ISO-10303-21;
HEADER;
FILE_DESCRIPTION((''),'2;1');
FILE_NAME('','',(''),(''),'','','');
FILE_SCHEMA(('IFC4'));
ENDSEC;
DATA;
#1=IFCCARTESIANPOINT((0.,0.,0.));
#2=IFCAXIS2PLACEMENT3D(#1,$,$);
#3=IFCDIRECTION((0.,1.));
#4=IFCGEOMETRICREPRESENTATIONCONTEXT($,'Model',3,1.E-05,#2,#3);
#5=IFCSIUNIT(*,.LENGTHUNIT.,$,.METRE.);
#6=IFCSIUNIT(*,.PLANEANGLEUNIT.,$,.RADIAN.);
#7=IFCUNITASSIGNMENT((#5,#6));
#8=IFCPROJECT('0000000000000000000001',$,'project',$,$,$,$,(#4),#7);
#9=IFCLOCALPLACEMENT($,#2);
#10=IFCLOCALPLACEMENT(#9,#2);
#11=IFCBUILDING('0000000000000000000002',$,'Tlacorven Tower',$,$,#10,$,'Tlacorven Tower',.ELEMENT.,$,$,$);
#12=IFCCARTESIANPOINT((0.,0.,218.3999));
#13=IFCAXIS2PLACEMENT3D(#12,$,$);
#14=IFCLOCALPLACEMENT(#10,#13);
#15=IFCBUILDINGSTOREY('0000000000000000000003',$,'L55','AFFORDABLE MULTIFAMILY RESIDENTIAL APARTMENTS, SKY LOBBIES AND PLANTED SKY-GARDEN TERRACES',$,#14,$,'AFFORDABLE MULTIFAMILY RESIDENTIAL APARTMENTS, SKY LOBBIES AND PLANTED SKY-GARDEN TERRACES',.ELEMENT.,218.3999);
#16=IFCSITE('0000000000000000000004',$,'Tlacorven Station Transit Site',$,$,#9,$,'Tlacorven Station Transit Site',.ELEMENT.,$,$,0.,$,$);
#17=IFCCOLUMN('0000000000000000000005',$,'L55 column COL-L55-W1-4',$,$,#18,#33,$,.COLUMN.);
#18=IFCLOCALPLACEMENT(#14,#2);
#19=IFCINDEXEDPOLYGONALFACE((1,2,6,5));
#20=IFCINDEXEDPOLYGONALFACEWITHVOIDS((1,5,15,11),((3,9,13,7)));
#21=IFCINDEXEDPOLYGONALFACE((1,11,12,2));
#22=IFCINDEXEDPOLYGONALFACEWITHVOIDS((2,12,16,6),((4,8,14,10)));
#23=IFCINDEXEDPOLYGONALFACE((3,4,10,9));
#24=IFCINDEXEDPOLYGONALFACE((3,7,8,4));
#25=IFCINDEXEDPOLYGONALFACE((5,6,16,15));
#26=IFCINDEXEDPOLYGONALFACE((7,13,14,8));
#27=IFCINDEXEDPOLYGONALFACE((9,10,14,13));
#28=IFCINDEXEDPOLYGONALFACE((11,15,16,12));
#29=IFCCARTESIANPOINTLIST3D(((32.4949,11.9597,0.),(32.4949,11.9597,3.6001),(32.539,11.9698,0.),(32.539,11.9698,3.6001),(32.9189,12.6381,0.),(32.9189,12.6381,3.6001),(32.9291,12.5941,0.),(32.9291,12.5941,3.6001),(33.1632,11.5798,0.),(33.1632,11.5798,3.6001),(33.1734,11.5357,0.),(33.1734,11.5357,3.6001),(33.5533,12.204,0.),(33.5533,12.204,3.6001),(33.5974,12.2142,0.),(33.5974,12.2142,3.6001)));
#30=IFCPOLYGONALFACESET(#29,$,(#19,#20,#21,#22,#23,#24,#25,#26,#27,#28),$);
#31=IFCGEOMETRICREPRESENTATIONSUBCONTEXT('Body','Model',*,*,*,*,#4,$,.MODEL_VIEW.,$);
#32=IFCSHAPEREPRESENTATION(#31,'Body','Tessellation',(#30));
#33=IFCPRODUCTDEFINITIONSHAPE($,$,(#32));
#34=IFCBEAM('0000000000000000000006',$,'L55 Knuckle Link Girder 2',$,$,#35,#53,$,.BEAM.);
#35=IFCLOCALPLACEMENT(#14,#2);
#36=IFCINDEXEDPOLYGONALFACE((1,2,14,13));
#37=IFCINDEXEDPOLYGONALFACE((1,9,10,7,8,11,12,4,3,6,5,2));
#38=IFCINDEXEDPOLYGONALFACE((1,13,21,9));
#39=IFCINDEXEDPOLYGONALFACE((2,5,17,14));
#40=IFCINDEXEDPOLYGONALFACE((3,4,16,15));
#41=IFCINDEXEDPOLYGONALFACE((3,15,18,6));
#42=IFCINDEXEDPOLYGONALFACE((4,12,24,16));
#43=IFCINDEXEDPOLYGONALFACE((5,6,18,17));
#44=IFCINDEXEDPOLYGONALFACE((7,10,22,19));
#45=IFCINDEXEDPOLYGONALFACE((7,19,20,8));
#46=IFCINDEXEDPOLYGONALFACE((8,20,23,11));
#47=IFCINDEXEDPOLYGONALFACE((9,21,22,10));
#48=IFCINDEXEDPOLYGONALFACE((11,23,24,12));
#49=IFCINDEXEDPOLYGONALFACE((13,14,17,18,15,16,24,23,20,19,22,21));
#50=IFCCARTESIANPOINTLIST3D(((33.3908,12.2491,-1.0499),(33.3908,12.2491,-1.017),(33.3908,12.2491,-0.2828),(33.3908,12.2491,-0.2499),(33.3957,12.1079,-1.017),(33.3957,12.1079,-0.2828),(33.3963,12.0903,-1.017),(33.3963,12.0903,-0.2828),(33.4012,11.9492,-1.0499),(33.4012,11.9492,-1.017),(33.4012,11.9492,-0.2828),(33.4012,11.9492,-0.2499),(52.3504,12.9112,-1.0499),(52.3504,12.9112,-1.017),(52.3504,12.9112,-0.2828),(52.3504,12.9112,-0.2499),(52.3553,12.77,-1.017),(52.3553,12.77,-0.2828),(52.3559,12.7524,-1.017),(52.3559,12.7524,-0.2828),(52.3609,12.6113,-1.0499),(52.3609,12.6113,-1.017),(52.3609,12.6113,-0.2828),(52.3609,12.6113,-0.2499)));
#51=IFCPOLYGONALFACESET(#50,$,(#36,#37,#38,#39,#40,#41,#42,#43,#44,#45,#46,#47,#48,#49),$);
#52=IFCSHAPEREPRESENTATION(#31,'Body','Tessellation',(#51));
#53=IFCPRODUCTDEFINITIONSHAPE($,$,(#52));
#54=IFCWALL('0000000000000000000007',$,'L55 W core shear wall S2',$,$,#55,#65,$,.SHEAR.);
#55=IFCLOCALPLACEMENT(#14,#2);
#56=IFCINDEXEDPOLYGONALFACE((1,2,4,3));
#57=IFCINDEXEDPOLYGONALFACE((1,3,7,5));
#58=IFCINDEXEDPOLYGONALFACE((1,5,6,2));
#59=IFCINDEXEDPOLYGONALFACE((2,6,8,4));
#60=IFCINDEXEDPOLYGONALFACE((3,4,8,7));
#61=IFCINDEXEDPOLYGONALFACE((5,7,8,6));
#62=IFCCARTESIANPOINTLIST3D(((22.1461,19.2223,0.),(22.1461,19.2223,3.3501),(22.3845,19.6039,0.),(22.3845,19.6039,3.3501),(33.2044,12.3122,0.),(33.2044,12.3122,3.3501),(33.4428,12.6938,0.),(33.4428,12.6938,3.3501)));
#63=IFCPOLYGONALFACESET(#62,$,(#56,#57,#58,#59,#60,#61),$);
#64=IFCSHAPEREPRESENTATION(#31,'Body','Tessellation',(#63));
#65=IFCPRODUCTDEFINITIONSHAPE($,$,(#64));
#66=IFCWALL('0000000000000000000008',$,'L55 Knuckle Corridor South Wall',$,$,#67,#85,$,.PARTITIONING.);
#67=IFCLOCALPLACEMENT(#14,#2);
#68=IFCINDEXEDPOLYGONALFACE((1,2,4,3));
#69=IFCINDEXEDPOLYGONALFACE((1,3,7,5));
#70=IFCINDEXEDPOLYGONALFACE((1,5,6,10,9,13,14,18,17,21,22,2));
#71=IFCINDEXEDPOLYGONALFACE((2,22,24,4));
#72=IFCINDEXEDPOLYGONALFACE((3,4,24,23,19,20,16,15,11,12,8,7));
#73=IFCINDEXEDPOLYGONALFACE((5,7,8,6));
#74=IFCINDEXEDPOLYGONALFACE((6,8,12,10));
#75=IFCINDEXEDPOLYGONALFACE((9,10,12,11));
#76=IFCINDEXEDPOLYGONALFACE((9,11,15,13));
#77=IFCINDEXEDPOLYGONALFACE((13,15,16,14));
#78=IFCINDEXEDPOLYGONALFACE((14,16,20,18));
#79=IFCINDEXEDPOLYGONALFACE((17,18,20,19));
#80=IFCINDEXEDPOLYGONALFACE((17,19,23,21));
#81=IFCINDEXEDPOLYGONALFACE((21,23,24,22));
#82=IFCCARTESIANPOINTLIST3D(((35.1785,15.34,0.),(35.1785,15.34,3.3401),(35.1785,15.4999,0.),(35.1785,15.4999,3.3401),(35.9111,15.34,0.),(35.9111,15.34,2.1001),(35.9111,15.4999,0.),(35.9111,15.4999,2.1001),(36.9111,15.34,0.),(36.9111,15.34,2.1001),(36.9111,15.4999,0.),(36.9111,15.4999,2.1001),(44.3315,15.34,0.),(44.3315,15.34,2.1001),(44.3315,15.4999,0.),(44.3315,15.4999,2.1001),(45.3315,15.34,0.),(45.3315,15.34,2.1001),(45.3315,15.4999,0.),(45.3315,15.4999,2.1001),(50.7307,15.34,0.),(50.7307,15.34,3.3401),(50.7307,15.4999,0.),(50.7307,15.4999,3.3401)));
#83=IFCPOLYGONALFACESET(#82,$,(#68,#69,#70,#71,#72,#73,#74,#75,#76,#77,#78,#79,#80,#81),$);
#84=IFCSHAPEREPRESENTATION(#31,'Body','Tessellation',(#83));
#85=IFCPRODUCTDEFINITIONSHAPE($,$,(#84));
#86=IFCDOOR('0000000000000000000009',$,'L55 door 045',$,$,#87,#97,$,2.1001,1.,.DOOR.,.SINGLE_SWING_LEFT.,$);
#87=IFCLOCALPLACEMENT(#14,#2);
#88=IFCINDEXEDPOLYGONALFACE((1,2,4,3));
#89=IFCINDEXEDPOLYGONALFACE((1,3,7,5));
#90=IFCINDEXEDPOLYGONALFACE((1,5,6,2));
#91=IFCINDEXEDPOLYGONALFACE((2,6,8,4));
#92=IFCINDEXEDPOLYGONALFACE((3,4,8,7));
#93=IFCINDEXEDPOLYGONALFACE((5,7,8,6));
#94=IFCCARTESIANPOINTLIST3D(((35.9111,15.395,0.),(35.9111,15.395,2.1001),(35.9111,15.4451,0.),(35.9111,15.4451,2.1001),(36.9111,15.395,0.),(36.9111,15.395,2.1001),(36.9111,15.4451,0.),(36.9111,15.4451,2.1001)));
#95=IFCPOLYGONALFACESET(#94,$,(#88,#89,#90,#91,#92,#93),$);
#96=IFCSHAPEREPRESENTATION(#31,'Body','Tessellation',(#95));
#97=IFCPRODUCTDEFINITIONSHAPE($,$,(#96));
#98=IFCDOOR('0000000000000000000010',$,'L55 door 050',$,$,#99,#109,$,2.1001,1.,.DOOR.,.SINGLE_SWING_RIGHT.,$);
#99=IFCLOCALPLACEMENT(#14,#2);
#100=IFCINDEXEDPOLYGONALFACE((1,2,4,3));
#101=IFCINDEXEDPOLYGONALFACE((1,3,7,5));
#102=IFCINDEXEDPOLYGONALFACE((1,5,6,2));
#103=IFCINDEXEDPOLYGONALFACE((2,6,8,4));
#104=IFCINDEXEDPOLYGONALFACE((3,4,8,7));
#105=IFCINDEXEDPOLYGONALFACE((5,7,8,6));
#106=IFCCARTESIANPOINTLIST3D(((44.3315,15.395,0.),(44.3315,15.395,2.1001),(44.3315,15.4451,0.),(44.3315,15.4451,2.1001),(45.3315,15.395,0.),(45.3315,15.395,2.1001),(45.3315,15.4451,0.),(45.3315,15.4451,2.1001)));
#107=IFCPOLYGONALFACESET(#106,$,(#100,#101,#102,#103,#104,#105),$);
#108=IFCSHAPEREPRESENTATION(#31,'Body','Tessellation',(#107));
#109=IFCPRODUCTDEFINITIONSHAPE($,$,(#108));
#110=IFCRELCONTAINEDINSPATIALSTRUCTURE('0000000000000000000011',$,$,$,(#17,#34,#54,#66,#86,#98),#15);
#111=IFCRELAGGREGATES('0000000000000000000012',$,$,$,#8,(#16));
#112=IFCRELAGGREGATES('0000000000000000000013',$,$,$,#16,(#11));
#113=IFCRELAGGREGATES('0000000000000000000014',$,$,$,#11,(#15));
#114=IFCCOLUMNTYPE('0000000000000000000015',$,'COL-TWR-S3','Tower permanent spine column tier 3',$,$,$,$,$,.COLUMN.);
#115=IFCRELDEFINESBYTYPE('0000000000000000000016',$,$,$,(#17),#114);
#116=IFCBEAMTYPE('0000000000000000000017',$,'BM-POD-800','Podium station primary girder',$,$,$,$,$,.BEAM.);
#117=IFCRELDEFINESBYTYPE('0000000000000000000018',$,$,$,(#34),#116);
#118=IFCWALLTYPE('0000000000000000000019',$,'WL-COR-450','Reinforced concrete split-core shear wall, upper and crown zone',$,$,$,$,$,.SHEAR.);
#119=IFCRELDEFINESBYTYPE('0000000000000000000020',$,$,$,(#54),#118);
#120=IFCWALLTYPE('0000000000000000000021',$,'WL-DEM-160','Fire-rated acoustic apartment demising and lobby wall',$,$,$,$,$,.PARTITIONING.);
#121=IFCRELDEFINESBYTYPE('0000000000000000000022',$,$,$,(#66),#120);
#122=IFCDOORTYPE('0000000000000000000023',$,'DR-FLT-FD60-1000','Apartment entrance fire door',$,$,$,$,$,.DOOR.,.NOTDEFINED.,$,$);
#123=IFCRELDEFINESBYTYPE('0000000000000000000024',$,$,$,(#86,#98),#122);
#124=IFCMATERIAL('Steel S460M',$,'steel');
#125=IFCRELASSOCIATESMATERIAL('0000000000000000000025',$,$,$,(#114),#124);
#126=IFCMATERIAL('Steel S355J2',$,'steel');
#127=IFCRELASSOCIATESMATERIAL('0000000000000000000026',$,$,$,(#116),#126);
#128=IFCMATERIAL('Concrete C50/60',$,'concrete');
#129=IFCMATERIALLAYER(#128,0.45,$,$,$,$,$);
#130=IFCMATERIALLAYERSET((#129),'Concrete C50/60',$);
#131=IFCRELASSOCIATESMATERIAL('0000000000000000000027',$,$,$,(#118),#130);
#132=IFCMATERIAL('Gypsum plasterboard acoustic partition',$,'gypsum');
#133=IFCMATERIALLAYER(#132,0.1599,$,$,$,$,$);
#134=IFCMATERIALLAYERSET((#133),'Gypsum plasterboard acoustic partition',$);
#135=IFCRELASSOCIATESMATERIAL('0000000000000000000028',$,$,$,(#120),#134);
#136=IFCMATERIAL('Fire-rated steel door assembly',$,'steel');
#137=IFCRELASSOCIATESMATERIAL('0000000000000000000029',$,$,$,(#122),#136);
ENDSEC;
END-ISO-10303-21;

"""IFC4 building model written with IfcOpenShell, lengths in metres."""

from ifc_helpers import new_model, si_unit, direction, frame, frame_2d, origin, origin_2d, place, context, subcontext, project, spatial, rectangle, hollow_rectangle, i_section, extrude, source, transform, mapped, material, layer, layer_set, material_profile, profile_set, type_object, element, fill, save


model = new_model("IFC4")

# Units and contexts
model_context = context("Model", 3, precision=1e-05, world=origin(), true_north=direction((0.0, 1.0)))
body_context = subcontext(model_context, "Body", "Model", "MODEL_VIEW")
ifc_project = project(units=[si_unit("LENGTHUNIT", "METRE"), si_unit("PLANEANGLEUNIT", "RADIAN")], contexts=[model_context])

# Site, building, storey
site_placement = place(None, origin())
site = spatial("IfcSite", under=ifc_project, at=site_placement, Name="Tlacorven Station Transit Site", LongName="Tlacorven Station Transit Site", CompositionType="ELEMENT", RefElevation=0.0)
building_placement = place(site_placement, origin())
building = spatial("IfcBuilding", under=site, at=building_placement, Name="Tlacorven Tower", LongName="Tlacorven Tower", CompositionType="ELEMENT")
storey_placement = place(building_placement, frame((0.0, 0.0, 218.3999)))
storey = spatial("IfcBuildingStorey", under=building, at=storey_placement, Name="L55", Description="AFFORDABLE MULTIFAMILY RESIDENTIAL APARTMENTS, SKY LOBBIES AND PLANTED SKY-GARDEN TERRACES", LongName="AFFORDABLE MULTIFAMILY RESIDENTIAL APARTMENTS, SKY LOBBIES AND PLANTED SKY-GARDEN TERRACES", CompositionType="ELEMENT", Elevation=218.3999)

# Column
ifc_material_1 = material(Name="Steel S460M", Category="steel")
ifc_material_profile_1 = material_profile(ifc_material_1, hollow_rectangle(XDim=0.8, YDim=0.8, WallThickness=0.032, at=origin_2d()), Name="BOX 800X800X32")
ifc_profile_set_1 = profile_set([ifc_material_profile_1], Name="Steel S460M")
column_type = type_object("IfcColumnType", Name="COL-TWR-S3", Description="Tower permanent spine column tier 3", PredefinedType="COLUMN", material=ifc_profile_set_1)
shared_shape_1 = source(origin(), body_context, "Body", "SweptSolid", [
    extrude(hollow_rectangle(XDim=0.8, YDim=0.8, WallThickness=0.032, at=origin_2d()), origin(), (0.0, 0.0, 1.0), 3.6001),
])
column_placement = place(storey_placement, frame((33.0461, 12.0869, 0.0), z_axis=(0.0, 0.0, 1.0), x_axis=(-0.848048, 0.529919, 0.0)))
element("IfcColumn", 1, at=column_placement, inside=storey, type_object=column_type, Name="L55 column COL-L55-W1-4", PredefinedType="COLUMN", context=body_context, shape_type="MappedRepresentation", body=[
    mapped(shared_shape_1, transform((0.0, 0.0, 0.0), scale=1.0)),
])

# Beam
ifc_material_2 = material(Name="Steel S355J2", Category="steel")
ifc_material_profile_2 = material_profile(ifc_material_2, i_section(OverallWidth=0.3, OverallDepth=0.8, WebThickness=0.0176, FlangeThickness=0.033, at=origin_2d()), Name="HEB 800")
ifc_profile_set_2 = profile_set([ifc_material_profile_2], Name="Steel S355J2")
beam_type = type_object("IfcBeamType", Name="BM-POD-800", Description="Podium station primary girder", PredefinedType="BEAM", material=ifc_profile_set_2)
shared_shape_2 = source(origin(), body_context, "Body", "SweptSolid", [
    extrude(i_section(OverallWidth=0.3, OverallDepth=0.8, WebThickness=0.0176, FlangeThickness=0.033, at=origin_2d()), origin(), (0.0, 0.0, 1.0), 18.9712),
])
beam_placement = place(storey_placement, frame((33.396, 12.0991, -0.6499), z_axis=(0.999391, 0.034901, 0.0), x_axis=(-0.034901, 0.999391, 0.0)))
element("IfcBeam", 2, at=beam_placement, inside=storey, type_object=beam_type, Name="L55 Knuckle Link Girder 2", PredefinedType="BEAM", context=body_context, shape_type="MappedRepresentation", body=[
    mapped(shared_shape_2, transform((0.0, 0.0, 0.0), scale=1.0)),
])

# Wall
ifc_material_3 = material(Name="Concrete C50/60", Category="concrete")
ifc_layer_1 = layer(ifc_material_3, 0.45)
ifc_layer_set_1 = layer_set([ifc_layer_1], Name="Concrete C50/60")
wall_type_1 = type_object("IfcWallType", Name="WL-COR-450", Description="Reinforced concrete split-core shear wall, upper and crown zone", PredefinedType="SHEAR", material=ifc_layer_set_1)
wall_1_placement = place(storey_placement, frame((33.3237, 12.5029, 0.0), z_axis=(0.0, 0.0, 1.0), x_axis=(-0.848044, 0.529927, 0.0)))
element("IfcWall", 3, at=wall_1_placement, inside=storey, type_object=wall_type_1, Name="L55 W core shear wall S2", PredefinedType="SHEAR", context=body_context, shape_type="SweptSolid", body=[
    extrude(rectangle(XDim=13.0398, YDim=0.45, at=frame_2d((6.52, 0.0))), origin(), (0.0, 0.0, 1.0), 3.3501),
])

# Wall, openings, doors
ifc_material_4 = material(Name="Gypsum plasterboard acoustic partition", Category="gypsum")
ifc_layer_2 = layer(ifc_material_4, 0.1599)
ifc_layer_set_2 = layer_set([ifc_layer_2], Name="Gypsum plasterboard acoustic partition")
wall_type_2 = type_object("IfcWallType", Name="WL-DEM-160", Description="Fire-rated acoustic apartment demising and lobby wall", PredefinedType="PARTITIONING", material=ifc_layer_set_2)
wall_2_placement = place(storey_placement, frame((35.1785, 15.4199, 0.0), z_axis=(0.0, 0.0, 1.0), x_axis=(1.0, 0.0, 0.0)))
wall_2 = element("IfcWall", 4, at=wall_2_placement, inside=storey, type_object=wall_type_2, Name="L55 Knuckle Corridor South Wall", PredefinedType="PARTITIONING", context=body_context, shape_type="SweptSolid", body=[
    extrude(rectangle(XDim=15.5522, YDim=0.1599, at=frame_2d((7.7761, 0.0))), origin(), (0.0, 0.0, 1.0), 3.3401),
])
opening_1_placement = place(wall_2_placement, frame((0.7327, 0.0, 0.0)))
opening_1 = element("IfcOpeningElement", 5, at=opening_1_placement, cuts=wall_2, PredefinedType="OPENING", context=body_context, shape_type="SweptSolid", body=[
    extrude(rectangle(XDim=1.0, YDim=2.1001, at=frame_2d((0.5, 1.05))), frame((0.0, 0.0898, 0.0), z_axis=(0.0, -1.0, 0.0), x_axis=(1.0, 0.0, 0.0)), (0.0, 0.0, 1.0), 0.1799),
])
opening_2_placement = place(wall_2_placement, frame((9.1531, 0.0, 0.0)))
opening_2 = element("IfcOpeningElement", 6, at=opening_2_placement, cuts=wall_2, PredefinedType="OPENING", context=body_context, shape_type="SweptSolid", body=[
    extrude(rectangle(XDim=1.0, YDim=2.1001, at=frame_2d((0.5, 1.05))), frame((0.0, 0.0898, 0.0), z_axis=(0.0, -1.0, 0.0), x_axis=(1.0, 0.0, 0.0)), (0.0, 0.0, 1.0), 0.1799),
])
ifc_material_5 = material(Name="Fire-rated steel door assembly", Category="steel")
door_type_1 = type_object("IfcDoorType", Name="DR-FLT-FD60-1000", Description="Apartment entrance fire door", OperationType="NOTDEFINED", PredefinedType="DOOR", material=ifc_material_5)
shared_shape_3 = source(origin(), body_context, "Body", "SweptSolid", [
    extrude(rectangle(XDim=1.0, YDim=2.1001, at=frame_2d((0.5, 1.05))), frame((0.0, 0.0249, 0.0), z_axis=(0.0, -1.0, 0.0), x_axis=(1.0, 0.0, 0.0)), (0.0, 0.0, 1.0), 0.05),
])
door_1_placement = place(opening_1_placement, frame((1.0, 0.0, 0.0), z_axis=(0.0, 0.0, 1.0), x_axis=(-1.0, 0.0, 0.0)))
door_1 = element("IfcDoor", 7, at=door_1_placement, inside=storey, type_object=door_type_1, Name="L55 door 045", OperationType="SINGLE_SWING_LEFT", OverallHeight=2.1001, OverallWidth=1.0, PredefinedType="DOOR", context=body_context, shape_type="MappedRepresentation", body=[
    mapped(shared_shape_3, transform((0.0, 0.0, 0.0), scale=1.0)),
])
fill(opening_1, door_1)
door_2_placement = place(opening_2_placement, frame((1.0, 0.0, 0.0), z_axis=(0.0, 0.0, 1.0), x_axis=(-1.0, 0.0, 0.0)))
door_2 = element("IfcDoor", 8, at=door_2_placement, inside=storey, type_object=door_type_1, Name="L55 door 050", OperationType="SINGLE_SWING_RIGHT", OverallHeight=2.1001, OverallWidth=1.0, PredefinedType="DOOR", context=body_context, shape_type="MappedRepresentation", body=[
    mapped(shared_shape_3, transform((0.0, 0.0, 0.0), scale=1.0)),
])
fill(opening_2, door_2)

save(model, "model.ifc")
